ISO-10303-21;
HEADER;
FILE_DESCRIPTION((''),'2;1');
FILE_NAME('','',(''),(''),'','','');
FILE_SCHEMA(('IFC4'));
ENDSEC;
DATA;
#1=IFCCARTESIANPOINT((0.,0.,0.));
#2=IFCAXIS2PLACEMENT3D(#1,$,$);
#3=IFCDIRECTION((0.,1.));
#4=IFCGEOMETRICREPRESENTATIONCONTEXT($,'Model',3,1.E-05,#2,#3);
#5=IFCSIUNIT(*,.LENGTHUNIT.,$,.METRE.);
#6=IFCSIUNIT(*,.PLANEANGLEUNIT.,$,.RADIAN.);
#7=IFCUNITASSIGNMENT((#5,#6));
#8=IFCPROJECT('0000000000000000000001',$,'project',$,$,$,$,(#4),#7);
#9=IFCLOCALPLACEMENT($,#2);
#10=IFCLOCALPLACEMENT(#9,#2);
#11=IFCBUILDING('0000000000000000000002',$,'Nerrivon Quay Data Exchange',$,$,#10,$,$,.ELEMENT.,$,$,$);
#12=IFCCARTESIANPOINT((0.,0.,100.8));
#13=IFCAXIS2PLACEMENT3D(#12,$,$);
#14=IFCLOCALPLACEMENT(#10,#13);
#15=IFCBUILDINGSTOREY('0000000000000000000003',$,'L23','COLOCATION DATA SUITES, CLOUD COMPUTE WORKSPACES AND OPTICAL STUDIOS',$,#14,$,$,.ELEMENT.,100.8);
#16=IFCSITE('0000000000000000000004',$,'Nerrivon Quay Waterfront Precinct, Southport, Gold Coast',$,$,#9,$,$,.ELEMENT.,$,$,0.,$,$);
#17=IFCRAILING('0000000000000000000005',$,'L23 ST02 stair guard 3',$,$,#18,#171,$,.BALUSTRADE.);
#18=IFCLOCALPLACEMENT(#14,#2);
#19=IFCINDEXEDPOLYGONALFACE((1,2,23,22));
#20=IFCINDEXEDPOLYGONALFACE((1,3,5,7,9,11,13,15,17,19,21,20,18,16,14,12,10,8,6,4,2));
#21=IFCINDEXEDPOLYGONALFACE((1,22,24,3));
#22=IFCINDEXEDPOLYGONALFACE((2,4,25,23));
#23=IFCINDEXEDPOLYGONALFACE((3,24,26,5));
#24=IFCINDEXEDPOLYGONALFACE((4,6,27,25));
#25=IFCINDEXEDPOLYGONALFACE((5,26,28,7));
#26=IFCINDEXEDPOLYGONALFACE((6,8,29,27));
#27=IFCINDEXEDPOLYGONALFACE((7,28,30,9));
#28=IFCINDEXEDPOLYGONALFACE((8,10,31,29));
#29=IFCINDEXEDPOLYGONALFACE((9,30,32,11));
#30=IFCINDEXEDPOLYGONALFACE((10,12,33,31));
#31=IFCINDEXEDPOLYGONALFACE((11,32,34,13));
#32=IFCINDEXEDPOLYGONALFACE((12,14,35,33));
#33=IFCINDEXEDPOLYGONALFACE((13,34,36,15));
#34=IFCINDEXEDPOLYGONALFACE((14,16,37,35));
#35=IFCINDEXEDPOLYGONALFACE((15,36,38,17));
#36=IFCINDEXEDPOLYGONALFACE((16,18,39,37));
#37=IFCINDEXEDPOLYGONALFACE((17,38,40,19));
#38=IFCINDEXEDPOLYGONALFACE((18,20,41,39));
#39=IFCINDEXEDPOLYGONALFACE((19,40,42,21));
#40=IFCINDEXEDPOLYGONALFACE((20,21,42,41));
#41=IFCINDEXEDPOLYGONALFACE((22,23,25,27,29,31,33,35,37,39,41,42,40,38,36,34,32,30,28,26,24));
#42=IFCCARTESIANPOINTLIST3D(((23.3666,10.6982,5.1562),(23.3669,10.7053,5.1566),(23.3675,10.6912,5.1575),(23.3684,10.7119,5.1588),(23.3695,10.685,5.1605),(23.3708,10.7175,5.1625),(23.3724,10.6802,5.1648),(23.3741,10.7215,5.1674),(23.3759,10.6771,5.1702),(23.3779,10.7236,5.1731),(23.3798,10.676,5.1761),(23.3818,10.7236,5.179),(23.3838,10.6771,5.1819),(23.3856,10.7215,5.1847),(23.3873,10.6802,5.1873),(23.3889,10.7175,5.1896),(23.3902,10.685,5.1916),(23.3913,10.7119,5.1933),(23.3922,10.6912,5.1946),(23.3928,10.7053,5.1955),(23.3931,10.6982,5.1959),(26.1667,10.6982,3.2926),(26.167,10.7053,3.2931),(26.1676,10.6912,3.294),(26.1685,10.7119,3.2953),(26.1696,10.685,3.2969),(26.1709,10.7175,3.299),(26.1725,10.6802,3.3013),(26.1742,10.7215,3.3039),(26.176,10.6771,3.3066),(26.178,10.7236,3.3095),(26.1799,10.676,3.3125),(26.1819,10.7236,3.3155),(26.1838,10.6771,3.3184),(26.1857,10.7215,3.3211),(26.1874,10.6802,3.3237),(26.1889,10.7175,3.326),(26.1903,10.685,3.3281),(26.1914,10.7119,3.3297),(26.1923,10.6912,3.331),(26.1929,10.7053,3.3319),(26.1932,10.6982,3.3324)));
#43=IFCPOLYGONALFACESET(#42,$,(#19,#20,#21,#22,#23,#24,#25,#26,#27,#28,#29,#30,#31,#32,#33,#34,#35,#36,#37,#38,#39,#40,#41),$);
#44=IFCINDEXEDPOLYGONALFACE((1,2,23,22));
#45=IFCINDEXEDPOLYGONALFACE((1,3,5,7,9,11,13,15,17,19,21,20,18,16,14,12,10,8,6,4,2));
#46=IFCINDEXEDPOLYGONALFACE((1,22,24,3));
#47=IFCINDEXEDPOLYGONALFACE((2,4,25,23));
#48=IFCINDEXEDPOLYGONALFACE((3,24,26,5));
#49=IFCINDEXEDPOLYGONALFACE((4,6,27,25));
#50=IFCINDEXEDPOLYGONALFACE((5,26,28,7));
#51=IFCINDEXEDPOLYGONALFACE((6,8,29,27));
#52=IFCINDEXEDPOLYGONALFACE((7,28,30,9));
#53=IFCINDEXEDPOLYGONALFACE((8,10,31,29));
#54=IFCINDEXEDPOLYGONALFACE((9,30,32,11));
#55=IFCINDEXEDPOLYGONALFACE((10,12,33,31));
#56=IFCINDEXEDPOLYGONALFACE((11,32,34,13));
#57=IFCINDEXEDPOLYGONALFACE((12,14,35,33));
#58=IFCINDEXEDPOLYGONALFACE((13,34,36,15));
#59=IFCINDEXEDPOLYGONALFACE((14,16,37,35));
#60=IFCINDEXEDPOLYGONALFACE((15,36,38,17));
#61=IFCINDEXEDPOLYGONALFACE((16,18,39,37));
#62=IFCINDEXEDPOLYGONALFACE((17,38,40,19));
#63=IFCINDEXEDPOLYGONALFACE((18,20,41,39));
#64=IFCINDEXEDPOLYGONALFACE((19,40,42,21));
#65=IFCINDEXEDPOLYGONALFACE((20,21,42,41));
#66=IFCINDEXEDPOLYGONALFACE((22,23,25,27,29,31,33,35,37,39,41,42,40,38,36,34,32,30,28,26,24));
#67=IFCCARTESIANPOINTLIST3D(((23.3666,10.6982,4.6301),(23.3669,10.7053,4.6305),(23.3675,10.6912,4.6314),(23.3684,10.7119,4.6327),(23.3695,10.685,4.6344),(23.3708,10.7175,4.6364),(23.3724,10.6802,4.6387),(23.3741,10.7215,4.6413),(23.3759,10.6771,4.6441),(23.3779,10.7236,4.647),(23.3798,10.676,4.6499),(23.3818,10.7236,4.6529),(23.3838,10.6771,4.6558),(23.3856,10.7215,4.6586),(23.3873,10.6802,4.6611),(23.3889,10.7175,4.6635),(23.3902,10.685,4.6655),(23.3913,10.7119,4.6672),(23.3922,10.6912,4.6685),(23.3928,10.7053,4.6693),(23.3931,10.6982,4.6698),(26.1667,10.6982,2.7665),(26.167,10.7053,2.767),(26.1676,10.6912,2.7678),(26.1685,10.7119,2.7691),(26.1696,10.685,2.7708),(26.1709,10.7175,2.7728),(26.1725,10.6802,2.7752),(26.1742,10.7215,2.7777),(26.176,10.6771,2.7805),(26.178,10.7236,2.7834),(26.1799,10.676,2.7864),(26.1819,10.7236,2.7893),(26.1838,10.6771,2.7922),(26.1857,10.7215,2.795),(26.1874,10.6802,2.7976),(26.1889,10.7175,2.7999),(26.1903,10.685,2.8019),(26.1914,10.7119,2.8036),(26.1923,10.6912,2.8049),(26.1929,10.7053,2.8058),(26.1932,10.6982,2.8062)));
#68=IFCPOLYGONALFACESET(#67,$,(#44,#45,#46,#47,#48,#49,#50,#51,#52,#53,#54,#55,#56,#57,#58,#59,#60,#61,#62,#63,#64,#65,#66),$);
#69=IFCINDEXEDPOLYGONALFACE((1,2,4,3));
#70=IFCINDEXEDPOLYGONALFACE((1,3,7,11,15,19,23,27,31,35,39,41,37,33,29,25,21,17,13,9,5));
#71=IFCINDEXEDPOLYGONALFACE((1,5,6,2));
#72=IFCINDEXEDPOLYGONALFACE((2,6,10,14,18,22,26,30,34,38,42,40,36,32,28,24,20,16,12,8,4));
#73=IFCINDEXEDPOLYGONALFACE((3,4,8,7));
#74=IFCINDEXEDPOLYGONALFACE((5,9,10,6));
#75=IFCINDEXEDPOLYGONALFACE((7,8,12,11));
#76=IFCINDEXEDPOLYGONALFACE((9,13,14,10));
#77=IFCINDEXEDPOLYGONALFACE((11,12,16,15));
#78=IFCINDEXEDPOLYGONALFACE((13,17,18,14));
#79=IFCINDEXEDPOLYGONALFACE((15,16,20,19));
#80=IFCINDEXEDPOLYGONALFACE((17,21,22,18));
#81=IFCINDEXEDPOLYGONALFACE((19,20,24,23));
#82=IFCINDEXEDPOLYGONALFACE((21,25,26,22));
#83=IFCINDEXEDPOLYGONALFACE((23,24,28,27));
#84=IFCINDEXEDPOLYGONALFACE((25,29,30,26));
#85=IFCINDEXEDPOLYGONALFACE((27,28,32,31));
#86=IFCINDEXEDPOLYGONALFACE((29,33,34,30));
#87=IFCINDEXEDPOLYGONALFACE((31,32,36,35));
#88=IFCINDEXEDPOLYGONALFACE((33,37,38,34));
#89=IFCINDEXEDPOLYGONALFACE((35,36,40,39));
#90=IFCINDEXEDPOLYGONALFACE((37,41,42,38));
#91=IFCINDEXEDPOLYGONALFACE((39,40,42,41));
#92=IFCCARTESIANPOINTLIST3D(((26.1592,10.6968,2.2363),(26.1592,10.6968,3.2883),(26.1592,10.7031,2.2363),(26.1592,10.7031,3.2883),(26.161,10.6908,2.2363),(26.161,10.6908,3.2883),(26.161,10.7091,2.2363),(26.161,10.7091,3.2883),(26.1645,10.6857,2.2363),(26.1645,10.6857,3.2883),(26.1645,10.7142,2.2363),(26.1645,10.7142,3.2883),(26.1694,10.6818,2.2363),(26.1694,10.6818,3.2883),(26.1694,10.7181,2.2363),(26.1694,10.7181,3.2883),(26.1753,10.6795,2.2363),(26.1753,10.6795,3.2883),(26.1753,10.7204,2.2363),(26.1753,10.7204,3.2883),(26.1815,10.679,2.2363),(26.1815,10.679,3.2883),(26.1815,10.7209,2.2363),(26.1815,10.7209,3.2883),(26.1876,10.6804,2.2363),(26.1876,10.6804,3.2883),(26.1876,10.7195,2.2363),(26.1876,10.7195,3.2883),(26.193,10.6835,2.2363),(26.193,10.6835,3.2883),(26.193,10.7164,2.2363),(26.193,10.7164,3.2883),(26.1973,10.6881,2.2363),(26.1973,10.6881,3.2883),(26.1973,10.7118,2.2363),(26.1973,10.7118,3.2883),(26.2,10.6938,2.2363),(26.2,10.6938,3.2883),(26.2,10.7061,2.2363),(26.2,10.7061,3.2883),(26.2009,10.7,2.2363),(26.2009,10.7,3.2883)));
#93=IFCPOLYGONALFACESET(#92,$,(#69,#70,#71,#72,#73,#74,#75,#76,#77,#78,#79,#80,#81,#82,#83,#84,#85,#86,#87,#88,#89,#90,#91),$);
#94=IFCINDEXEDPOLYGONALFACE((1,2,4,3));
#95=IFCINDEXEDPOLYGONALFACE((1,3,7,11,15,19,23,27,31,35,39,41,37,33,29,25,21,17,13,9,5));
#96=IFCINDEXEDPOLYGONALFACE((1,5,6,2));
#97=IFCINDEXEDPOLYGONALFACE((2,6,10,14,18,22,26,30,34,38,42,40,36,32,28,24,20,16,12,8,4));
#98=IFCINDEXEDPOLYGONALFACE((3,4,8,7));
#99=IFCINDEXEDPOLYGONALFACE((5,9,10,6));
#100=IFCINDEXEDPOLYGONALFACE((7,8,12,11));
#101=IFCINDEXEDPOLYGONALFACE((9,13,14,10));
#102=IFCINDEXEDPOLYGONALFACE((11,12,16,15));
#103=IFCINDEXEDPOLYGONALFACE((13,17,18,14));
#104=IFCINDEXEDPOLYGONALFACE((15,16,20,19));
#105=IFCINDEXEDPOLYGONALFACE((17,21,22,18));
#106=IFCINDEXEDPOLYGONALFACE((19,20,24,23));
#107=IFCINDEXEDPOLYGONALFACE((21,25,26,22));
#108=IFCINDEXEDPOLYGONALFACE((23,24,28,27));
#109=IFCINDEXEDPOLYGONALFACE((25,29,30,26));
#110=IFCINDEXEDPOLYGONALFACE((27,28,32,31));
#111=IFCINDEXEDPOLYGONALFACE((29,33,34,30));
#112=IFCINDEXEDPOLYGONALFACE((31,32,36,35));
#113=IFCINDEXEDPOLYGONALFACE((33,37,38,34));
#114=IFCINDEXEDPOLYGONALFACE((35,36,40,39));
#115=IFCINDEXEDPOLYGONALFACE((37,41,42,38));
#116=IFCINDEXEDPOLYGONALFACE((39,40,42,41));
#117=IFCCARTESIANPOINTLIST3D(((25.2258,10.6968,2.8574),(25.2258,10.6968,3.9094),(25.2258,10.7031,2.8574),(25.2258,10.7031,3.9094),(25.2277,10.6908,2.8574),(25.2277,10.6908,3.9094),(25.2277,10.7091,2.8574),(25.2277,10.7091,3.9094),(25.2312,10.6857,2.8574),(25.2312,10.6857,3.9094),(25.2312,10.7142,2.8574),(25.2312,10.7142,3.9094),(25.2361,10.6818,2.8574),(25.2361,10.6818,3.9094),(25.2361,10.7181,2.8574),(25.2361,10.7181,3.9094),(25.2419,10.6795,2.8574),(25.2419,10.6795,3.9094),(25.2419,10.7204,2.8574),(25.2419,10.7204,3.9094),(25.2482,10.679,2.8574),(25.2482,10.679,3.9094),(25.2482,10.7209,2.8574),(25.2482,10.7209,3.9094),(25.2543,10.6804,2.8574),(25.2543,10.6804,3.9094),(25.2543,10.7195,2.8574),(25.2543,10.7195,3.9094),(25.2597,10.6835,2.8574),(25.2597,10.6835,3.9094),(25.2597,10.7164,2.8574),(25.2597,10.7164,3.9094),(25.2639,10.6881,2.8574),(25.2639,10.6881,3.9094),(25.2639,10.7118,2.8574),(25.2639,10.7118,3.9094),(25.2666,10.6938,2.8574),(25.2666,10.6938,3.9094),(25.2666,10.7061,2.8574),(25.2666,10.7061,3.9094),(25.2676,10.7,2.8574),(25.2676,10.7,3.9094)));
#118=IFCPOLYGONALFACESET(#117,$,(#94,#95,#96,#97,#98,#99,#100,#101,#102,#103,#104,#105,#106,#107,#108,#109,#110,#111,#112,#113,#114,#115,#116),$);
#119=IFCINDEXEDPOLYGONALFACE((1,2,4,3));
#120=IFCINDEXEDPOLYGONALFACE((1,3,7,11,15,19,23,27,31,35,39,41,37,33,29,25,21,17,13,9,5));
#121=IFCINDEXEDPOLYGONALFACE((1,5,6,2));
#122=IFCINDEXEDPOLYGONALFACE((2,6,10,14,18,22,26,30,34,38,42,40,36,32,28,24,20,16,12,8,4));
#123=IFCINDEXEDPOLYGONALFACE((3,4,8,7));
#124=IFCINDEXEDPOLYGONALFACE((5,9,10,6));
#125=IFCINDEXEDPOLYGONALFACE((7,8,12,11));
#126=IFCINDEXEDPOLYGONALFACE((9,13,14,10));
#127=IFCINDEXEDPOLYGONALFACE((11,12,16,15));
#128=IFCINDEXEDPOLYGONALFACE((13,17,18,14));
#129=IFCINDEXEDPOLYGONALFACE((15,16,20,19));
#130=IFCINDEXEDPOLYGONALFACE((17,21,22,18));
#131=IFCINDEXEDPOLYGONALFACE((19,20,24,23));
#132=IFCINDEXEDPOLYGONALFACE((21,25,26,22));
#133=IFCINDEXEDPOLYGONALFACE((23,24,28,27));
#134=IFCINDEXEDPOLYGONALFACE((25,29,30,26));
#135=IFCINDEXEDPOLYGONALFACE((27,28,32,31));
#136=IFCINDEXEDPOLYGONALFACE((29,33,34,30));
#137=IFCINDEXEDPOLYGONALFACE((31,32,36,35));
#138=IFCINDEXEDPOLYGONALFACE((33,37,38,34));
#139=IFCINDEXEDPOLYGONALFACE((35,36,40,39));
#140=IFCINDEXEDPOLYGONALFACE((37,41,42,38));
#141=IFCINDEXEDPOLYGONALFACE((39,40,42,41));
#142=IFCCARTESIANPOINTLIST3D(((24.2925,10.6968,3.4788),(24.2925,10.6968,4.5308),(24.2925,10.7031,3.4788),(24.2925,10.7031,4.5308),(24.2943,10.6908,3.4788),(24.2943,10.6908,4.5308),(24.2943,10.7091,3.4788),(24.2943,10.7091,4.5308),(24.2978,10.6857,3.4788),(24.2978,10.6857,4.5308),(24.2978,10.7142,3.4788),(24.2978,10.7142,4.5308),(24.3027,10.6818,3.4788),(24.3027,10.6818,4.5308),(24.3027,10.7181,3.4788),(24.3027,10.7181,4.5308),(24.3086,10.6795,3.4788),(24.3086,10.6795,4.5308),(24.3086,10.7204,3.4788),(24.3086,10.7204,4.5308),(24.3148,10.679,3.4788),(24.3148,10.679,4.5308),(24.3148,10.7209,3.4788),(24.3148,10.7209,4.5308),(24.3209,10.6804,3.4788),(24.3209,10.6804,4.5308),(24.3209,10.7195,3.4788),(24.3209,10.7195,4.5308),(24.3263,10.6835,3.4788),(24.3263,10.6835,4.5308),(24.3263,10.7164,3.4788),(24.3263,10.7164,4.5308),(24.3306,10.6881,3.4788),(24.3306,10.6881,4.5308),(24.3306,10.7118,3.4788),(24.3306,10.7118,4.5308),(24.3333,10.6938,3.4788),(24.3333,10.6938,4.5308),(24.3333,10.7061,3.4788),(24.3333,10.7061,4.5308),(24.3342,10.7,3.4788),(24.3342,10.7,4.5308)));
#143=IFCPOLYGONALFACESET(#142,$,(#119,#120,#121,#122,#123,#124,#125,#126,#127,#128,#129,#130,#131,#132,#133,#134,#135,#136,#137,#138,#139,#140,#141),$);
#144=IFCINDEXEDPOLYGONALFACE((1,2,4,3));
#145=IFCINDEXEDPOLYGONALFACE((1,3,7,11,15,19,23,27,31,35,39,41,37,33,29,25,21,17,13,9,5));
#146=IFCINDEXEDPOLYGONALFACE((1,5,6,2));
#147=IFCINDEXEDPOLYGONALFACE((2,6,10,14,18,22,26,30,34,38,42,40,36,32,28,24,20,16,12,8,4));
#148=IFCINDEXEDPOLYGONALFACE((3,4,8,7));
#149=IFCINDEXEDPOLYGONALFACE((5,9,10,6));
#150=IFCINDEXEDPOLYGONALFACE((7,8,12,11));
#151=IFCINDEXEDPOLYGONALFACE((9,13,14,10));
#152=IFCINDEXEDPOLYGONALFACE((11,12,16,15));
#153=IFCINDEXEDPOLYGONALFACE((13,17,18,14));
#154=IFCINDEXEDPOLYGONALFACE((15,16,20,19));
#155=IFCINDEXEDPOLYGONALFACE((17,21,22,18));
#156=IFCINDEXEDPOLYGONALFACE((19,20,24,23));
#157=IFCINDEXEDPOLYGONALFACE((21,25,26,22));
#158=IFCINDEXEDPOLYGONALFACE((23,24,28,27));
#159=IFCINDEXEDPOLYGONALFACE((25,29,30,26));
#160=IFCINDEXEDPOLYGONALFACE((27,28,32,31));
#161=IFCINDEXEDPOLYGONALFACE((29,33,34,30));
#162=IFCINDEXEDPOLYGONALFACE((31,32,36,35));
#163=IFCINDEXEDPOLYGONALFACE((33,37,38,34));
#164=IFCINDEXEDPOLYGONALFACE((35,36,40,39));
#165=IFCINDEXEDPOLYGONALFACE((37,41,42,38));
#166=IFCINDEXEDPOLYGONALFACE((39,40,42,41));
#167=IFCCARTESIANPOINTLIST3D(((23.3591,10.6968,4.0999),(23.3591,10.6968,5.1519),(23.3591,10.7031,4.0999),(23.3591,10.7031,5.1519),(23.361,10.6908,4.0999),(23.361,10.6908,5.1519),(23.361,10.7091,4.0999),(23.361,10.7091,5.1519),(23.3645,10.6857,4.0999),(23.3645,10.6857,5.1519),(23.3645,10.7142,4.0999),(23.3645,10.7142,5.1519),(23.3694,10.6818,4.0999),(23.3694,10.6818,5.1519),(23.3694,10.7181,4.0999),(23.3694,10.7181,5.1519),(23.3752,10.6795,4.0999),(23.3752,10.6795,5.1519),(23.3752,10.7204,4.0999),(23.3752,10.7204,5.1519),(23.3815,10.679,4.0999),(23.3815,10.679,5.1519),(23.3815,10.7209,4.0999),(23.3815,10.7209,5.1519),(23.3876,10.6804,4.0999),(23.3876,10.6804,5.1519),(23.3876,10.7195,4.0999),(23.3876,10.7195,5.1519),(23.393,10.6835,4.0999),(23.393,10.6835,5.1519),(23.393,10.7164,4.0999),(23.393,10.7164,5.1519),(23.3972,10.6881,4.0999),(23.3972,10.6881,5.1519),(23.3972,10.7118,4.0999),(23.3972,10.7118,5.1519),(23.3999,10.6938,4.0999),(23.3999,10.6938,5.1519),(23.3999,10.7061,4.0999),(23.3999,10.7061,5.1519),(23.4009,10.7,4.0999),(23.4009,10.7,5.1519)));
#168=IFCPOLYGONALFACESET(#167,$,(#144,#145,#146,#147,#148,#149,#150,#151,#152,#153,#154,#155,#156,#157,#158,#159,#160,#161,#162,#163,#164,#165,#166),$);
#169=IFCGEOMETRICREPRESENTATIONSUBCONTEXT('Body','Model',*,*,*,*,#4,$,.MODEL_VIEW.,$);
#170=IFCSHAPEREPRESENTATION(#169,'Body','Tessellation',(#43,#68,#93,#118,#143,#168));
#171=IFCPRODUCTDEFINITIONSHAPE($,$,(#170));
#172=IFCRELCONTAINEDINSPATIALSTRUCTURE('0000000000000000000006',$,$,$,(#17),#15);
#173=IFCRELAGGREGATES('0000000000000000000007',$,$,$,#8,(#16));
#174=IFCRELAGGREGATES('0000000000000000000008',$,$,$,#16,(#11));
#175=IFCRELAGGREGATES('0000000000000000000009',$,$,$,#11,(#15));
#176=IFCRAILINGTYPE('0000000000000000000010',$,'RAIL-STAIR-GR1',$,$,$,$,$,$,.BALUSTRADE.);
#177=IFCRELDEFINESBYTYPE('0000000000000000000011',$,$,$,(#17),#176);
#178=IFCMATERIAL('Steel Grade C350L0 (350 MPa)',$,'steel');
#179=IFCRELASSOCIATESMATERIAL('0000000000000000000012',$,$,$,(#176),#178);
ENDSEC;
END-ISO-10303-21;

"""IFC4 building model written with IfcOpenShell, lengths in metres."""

from ifc_helpers import new_model, si_unit, direction, frame, origin, origin_2d, place, context, subcontext, project, spatial, circle, extrude, material, type_object, element, save


model = new_model("IFC4")

# Units and contexts
model_context = context("Model", 3, precision=1e-05, world=origin(), true_north=direction((0.0, 1.0)))
body_context = subcontext(model_context, "Body", "Model", "MODEL_VIEW")
ifc_project = project(units=[si_unit("LENGTHUNIT", "METRE"), si_unit("PLANEANGLEUNIT", "RADIAN")], contexts=[model_context])

# Site, building, storey
site_placement = place(None, origin())
site = spatial("IfcSite", under=ifc_project, at=site_placement, Name="Nerrivon Quay Waterfront Precinct, Southport, Gold Coast", CompositionType="ELEMENT", RefElevation=0.0)
building_placement = place(site_placement, origin())
building = spatial("IfcBuilding", under=site, at=building_placement, Name="Nerrivon Quay Data Exchange", CompositionType="ELEMENT")
storey_placement = place(building_placement, frame((0.0, 0.0, 100.8)))
storey = spatial("IfcBuildingStorey", under=building, at=storey_placement, Name="L23", Description="COLOCATION DATA SUITES, CLOUD COMPUTE WORKSPACES AND OPTICAL STUDIOS", CompositionType="ELEMENT", Elevation=100.8)

# Railing
ifc_material_1 = material(Name="Steel Grade C350L0 (350 MPa)", Category="steel")
railing_type_1 = type_object("IfcRailingType", Name="RAIL-STAIR-GR1", PredefinedType="BALUSTRADE", material=ifc_material_1)
railing_1_placement = place(storey_placement, frame((26.1799, 10.7, 2.2363)))
element("IfcRailing", 1, at=railing_1_placement, inside=storey, type_object=railing_type_1, Name="L23 ST02 stair guard 3", PredefinedType="BALUSTRADE", context=body_context, shape_type="SweptSolid", body=[
    extrude(circle(Radius=0.0239, at=origin_2d()), frame((0.0, 0.0, 1.0762), z_axis=(-0.832486, 0.0, 0.554047), x_axis=(0.0, -1.0, 0.0)), (0.0, 0.0, 1.0), 3.3635),
    extrude(circle(Radius=0.0239, at=origin_2d()), frame((0.0, 0.0, 0.55), z_axis=(-0.832486, 0.0, 0.554047), x_axis=(0.0, -1.0, 0.0)), (0.0, 0.0, 1.0), 3.3635),
    extrude(circle(Radius=0.021, at=origin_2d()), origin(), (0.0, 0.0, 1.0), 1.052),
    extrude(circle(Radius=0.021, at=origin_2d()), frame((-0.9333, 0.0, 0.6211)), (0.0, 0.0, 1.0), 1.052),
    extrude(circle(Radius=0.021, at=origin_2d()), frame((-1.8667, 0.0, 1.2424)), (0.0, 0.0, 1.0), 1.052),
    extrude(circle(Radius=0.021, at=origin_2d()), frame((-2.8, 0.0, 1.8635)), (0.0, 0.0, 1.0), 1.052),
])

save(model, "model.ifc")
